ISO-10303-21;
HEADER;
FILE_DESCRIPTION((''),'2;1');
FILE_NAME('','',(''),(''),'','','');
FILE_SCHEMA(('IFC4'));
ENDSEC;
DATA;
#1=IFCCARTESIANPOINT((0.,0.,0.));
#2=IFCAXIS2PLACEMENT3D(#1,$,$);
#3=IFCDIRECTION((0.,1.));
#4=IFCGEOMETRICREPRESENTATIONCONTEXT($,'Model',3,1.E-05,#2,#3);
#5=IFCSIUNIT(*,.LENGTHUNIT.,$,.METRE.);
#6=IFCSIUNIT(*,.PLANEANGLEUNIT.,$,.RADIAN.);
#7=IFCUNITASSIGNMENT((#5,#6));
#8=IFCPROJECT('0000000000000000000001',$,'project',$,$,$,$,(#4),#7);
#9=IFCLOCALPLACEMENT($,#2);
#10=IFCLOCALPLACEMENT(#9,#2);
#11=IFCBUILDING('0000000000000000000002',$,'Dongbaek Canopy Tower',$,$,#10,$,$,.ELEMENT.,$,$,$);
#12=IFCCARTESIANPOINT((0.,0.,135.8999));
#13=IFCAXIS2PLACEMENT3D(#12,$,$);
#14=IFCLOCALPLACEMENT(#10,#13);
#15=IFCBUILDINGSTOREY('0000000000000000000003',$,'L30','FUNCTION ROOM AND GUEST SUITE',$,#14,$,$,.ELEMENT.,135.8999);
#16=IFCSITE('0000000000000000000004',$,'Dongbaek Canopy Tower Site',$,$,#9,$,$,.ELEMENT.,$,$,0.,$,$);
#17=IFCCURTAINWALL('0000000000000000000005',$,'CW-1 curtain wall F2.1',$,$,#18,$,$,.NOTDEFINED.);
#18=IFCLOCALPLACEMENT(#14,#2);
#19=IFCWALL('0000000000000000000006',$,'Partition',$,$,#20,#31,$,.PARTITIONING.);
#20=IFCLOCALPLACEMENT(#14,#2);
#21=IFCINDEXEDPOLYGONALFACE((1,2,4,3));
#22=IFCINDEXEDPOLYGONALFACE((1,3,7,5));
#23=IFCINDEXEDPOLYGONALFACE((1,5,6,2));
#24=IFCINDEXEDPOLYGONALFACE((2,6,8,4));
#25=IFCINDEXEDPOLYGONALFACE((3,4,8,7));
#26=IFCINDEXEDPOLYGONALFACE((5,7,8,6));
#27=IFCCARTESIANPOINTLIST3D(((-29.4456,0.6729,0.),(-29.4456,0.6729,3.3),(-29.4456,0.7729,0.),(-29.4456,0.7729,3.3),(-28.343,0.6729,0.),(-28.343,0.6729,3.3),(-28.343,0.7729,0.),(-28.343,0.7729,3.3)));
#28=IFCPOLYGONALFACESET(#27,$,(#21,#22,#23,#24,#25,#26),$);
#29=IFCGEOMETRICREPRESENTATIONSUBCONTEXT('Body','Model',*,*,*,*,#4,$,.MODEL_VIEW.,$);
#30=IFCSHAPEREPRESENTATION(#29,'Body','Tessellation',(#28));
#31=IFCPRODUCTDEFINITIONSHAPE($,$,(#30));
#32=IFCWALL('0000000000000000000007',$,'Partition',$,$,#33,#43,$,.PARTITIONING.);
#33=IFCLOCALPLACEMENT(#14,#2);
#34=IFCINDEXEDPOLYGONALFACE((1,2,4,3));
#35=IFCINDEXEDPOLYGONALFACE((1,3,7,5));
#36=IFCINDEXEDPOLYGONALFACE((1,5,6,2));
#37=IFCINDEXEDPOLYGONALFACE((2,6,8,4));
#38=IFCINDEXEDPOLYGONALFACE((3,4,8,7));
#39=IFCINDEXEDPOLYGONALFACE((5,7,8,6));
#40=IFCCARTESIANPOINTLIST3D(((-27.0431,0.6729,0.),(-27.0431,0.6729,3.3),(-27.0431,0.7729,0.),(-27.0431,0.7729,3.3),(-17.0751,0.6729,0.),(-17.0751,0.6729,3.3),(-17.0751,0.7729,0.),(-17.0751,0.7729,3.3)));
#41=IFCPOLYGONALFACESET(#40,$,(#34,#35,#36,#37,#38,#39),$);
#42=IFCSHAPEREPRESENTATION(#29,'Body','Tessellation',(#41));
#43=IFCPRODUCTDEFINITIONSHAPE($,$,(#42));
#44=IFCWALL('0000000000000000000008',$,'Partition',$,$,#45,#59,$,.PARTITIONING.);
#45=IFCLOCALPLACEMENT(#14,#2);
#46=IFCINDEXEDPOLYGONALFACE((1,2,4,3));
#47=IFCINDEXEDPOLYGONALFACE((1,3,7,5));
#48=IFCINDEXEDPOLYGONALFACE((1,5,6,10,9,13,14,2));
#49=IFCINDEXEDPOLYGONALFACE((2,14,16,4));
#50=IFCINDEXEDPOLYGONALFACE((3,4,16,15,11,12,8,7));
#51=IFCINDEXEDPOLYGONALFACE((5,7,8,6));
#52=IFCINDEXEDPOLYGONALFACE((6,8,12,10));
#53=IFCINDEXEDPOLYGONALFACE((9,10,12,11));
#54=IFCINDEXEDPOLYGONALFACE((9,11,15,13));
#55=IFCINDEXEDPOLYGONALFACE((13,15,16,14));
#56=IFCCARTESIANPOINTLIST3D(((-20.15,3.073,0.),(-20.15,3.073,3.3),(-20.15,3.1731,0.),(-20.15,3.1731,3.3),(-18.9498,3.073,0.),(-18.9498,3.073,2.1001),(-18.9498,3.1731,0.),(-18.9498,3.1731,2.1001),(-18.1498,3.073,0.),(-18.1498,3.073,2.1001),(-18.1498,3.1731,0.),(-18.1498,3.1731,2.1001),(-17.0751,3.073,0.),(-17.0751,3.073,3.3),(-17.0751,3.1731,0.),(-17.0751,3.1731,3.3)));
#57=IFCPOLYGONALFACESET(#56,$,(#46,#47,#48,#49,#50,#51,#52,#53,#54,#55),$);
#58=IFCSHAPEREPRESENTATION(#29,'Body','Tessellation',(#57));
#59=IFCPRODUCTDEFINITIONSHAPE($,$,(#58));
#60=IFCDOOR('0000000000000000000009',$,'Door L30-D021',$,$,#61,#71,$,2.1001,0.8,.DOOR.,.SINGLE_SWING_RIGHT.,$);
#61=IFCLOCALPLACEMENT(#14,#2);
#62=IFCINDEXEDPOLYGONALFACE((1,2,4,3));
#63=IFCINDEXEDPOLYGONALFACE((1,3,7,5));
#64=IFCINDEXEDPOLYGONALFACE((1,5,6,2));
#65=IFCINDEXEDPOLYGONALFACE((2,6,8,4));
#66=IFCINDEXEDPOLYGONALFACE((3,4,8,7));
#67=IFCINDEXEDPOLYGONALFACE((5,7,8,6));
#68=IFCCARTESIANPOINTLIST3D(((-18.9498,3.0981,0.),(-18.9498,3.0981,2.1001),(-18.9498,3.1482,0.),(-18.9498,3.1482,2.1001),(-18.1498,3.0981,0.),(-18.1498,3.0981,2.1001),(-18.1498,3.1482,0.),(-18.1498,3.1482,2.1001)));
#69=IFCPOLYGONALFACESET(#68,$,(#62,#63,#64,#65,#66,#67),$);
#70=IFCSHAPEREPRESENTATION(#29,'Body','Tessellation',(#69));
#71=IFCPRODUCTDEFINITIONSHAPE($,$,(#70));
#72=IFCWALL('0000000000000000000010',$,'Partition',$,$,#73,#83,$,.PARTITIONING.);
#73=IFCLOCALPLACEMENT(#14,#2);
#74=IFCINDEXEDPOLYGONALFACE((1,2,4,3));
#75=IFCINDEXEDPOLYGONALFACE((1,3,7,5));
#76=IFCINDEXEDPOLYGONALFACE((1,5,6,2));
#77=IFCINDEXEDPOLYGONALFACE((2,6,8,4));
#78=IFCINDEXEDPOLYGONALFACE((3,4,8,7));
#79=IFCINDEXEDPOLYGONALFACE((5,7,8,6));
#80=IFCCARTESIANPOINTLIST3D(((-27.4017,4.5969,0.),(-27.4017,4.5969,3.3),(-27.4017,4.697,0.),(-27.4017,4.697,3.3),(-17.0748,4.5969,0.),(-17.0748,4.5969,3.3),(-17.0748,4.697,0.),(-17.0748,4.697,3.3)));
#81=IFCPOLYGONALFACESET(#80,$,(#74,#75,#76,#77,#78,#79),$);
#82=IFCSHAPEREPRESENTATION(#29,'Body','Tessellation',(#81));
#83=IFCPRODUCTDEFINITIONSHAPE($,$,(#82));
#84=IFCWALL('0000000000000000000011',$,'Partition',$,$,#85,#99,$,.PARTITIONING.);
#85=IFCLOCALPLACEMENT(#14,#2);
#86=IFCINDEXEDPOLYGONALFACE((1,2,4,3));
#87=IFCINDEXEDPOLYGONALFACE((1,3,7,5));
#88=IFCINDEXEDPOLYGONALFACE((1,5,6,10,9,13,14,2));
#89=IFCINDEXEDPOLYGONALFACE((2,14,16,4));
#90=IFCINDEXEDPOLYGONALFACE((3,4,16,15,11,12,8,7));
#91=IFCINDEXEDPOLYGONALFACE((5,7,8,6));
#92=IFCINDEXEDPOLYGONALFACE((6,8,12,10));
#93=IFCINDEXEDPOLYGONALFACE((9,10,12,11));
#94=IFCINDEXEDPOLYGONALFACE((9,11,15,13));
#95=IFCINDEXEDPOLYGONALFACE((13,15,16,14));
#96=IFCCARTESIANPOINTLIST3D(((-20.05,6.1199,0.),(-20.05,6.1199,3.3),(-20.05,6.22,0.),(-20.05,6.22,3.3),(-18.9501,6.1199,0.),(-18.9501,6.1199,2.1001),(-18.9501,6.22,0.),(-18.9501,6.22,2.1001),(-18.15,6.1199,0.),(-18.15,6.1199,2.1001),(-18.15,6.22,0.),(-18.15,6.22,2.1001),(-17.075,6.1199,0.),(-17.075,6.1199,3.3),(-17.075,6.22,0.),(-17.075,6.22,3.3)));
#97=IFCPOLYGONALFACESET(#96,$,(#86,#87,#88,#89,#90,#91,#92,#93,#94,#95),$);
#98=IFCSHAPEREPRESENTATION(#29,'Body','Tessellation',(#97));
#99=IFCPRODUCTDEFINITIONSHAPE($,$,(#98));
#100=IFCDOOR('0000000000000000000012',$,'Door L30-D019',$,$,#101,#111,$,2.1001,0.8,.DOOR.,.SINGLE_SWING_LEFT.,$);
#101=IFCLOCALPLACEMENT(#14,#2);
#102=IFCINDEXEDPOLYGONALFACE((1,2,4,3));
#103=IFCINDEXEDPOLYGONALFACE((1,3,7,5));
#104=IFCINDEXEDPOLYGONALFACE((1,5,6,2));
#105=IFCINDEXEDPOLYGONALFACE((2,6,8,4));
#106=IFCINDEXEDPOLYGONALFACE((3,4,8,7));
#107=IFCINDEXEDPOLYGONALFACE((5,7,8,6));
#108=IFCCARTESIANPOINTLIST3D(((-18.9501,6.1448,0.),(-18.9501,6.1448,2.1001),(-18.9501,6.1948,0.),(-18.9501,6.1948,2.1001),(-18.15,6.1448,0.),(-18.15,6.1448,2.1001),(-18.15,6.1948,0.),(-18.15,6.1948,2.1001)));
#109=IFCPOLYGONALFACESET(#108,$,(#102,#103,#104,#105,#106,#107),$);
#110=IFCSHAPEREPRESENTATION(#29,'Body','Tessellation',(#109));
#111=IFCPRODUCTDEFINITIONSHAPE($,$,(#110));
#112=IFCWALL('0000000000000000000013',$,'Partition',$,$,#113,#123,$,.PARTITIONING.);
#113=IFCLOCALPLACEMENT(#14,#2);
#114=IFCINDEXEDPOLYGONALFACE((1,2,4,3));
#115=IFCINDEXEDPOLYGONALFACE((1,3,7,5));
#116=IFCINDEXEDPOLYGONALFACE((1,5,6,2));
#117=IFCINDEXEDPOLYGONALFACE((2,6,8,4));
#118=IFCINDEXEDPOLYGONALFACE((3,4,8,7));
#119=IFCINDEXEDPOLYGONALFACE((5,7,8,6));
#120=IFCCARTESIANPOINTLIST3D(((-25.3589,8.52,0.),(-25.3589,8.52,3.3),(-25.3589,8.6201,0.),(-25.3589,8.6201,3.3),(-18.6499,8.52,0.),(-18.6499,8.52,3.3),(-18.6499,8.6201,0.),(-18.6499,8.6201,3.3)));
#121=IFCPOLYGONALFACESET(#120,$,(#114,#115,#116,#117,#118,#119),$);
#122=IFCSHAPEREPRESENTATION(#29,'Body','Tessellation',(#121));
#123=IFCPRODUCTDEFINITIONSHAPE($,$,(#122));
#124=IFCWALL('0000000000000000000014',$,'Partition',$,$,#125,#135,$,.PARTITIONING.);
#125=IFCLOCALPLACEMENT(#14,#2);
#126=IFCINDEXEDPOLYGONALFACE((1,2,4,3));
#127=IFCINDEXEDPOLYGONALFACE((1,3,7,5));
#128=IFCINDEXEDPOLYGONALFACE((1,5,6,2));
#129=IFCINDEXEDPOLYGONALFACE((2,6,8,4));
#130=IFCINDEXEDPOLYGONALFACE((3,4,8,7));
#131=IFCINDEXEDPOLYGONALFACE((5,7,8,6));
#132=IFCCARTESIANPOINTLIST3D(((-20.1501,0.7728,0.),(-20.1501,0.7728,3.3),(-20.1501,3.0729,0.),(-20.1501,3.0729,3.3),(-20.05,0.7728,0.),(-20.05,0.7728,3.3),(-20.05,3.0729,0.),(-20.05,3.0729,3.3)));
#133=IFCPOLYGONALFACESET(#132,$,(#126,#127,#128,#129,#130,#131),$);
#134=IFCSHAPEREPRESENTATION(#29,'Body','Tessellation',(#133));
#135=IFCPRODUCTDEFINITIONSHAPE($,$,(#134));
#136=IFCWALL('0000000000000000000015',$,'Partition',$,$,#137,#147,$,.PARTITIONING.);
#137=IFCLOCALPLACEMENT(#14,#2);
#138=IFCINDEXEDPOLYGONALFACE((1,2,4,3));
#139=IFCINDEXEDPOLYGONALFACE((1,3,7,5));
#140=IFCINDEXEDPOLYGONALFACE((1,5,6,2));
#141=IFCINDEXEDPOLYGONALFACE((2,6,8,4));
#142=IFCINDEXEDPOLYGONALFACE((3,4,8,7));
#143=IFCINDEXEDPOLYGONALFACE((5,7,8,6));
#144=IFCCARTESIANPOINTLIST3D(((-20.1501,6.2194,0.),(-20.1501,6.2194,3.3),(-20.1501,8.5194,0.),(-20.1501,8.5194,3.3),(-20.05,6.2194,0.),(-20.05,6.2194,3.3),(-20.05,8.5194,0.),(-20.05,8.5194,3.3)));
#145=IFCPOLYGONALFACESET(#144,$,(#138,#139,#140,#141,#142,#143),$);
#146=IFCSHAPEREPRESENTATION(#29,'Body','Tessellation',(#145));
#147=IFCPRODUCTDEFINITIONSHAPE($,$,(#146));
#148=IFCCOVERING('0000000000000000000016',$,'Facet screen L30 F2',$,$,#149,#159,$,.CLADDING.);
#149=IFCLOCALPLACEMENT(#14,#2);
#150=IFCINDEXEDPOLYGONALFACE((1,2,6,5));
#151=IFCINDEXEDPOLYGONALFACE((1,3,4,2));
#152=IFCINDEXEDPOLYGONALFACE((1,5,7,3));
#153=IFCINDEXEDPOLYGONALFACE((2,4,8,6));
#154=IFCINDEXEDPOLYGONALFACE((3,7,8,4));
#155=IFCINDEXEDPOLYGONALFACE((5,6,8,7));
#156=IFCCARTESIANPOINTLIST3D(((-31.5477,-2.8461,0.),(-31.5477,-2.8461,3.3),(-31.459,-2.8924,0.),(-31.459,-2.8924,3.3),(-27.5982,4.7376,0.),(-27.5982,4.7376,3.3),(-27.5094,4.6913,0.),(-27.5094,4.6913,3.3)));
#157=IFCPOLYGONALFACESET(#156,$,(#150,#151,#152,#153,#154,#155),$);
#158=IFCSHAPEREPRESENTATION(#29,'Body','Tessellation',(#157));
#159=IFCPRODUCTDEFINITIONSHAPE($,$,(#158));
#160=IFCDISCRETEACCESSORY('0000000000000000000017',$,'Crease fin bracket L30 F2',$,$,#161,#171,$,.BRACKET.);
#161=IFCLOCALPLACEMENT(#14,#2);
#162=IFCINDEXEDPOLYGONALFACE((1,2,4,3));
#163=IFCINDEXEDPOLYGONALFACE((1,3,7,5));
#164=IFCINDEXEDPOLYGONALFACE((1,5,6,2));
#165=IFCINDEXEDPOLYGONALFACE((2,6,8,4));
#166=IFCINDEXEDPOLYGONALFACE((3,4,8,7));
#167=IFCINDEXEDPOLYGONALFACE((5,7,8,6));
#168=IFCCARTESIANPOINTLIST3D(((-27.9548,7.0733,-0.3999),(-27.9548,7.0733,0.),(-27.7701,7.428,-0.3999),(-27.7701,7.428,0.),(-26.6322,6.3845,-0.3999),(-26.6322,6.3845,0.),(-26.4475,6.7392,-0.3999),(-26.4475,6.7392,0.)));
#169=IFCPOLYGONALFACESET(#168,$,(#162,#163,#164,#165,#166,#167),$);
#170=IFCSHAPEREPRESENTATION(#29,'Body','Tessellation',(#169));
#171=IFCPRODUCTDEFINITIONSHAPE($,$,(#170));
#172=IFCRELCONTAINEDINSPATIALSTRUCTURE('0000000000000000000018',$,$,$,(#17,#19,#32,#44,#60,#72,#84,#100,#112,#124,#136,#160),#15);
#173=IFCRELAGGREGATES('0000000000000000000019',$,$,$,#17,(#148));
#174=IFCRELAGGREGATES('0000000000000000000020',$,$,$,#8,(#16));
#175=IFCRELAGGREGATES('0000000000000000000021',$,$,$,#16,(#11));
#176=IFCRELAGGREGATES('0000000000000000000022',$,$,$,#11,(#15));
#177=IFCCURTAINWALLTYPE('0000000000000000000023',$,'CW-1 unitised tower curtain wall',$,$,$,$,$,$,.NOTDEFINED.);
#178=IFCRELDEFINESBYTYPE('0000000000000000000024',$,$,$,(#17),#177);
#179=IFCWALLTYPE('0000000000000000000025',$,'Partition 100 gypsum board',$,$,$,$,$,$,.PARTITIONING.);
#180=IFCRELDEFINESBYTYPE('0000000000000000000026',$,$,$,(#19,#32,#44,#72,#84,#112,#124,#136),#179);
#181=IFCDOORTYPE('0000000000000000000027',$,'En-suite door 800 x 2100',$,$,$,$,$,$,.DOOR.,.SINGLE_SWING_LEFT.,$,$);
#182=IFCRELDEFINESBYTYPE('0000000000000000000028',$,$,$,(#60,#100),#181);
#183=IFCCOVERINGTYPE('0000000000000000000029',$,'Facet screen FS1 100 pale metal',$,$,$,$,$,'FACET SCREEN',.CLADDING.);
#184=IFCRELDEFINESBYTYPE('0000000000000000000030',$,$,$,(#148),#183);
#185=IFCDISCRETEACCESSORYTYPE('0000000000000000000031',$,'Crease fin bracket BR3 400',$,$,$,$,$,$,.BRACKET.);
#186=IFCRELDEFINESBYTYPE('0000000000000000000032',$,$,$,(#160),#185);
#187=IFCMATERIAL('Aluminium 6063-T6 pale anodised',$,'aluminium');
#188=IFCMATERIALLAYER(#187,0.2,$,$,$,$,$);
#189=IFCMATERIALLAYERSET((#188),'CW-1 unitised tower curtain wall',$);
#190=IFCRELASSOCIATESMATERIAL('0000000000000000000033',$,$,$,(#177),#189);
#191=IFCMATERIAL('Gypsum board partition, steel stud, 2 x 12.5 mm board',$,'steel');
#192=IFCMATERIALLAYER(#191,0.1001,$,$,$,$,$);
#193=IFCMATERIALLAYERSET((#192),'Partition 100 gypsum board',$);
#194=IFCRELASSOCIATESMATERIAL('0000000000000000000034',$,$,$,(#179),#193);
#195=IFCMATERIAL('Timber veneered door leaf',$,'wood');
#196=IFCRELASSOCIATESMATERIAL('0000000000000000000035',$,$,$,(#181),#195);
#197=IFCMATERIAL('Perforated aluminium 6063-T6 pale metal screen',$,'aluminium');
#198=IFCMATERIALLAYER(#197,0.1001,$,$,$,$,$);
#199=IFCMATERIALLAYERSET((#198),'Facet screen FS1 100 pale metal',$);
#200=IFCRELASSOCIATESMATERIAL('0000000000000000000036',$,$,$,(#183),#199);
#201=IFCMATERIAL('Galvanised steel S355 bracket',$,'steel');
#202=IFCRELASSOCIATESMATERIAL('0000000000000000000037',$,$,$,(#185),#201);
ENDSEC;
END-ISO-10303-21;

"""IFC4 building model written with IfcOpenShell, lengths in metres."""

from ifc_helpers import new_model, si_unit, direction, frame, frame_2d, origin, origin_2d, place, context, subcontext, project, spatial, rectangle, extrude, material, layer, layer_set, type_object, element, fill, aggregate, save


model = new_model("IFC4")

# Units and contexts
model_context = context("Model", 3, precision=1e-05, world=origin(), true_north=direction((0.0, 1.0)))
body_context = subcontext(model_context, "Body", "Model", "MODEL_VIEW")
ifc_project = project(units=[si_unit("LENGTHUNIT", "METRE"), si_unit("PLANEANGLEUNIT", "RADIAN")], contexts=[model_context])

# Site, building, storey
site_placement = place(None, origin())
site = spatial("IfcSite", under=ifc_project, at=site_placement, Name="Dongbaek Canopy Tower Site", CompositionType="ELEMENT", RefElevation=0.0)
building_placement = place(site_placement, origin())
building = spatial("IfcBuilding", under=site, at=building_placement, Name="Dongbaek Canopy Tower", CompositionType="ELEMENT")
storey_placement = place(building_placement, frame((0.0, 0.0, 135.8999)))
storey = spatial("IfcBuildingStorey", under=building, at=storey_placement, Name="L30", Description="FUNCTION ROOM AND GUEST SUITE", CompositionType="ELEMENT", Elevation=135.8999)

# Curtain wall
ifc_material_1 = material(Name="Aluminium 6063-T6 pale anodised", Category="aluminium")
ifc_layer_1 = layer(ifc_material_1, 0.2)
ifc_layer_set_1 = layer_set([ifc_layer_1], Name="CW-1 unitised tower curtain wall")
curtain_wall_type = type_object("IfcCurtainWallType", Name="CW-1 unitised tower curtain wall", PredefinedType="NOTDEFINED", material=ifc_layer_set_1)
curtain_wall_placement = place(storey_placement, origin())
curtain_wall = element("IfcCurtainWall", 1, at=curtain_wall_placement, inside=storey, type_object=curtain_wall_type, Name="CW-1 curtain wall F2.1", PredefinedType="NOTDEFINED")

# Walls
ifc_material_2 = material(Name="Gypsum board partition, steel stud, 2 x 12.5 mm board", Category="steel")
ifc_layer_2 = layer(ifc_material_2, 0.1001)
ifc_layer_set_2 = layer_set([ifc_layer_2], Name="Partition 100 gypsum board")
wall_type = type_object("IfcWallType", Name="Partition 100 gypsum board", PredefinedType="PARTITIONING", material=ifc_layer_set_2)
wall_1_placement = place(storey_placement, frame((-29.4456, 0.7229, 0.0), z_axis=(0.0, 0.0, 1.0), x_axis=(1.0, 0.0, 0.0)))
element("IfcWall", 2, at=wall_1_placement, inside=storey, type_object=wall_type, Name="Partition", PredefinedType="PARTITIONING", context=body_context, shape_type="SweptSolid", body=[
    extrude(rectangle(XDim=1.1025, YDim=0.1001, at=frame_2d((0.5513, 0.0))), origin(), (0.0, 0.0, 1.0), 3.3),
])
wall_2_placement = place(storey_placement, frame((-27.043, 0.7229, 0.0), z_axis=(0.0, 0.0, 1.0), x_axis=(1.0, 0.0, 0.0)))
element("IfcWall", 3, at=wall_2_placement, inside=storey, type_object=wall_type, Name="Partition", PredefinedType="PARTITIONING", context=body_context, shape_type="SweptSolid", body=[
    extrude(rectangle(XDim=9.968, YDim=0.1001, at=frame_2d((4.9839, 0.0))), origin(), (0.0, 0.0, 1.0), 3.3),
])

# Wall, opening, door
wall_3_placement = place(storey_placement, frame((-17.075, 3.123, 0.0), z_axis=(0.0, 0.0, 1.0), x_axis=(-1.0, 0.0, 0.0)))
wall_3 = element("IfcWall", 4, at=wall_3_placement, inside=storey, type_object=wall_type, Name="Partition", PredefinedType="PARTITIONING", context=body_context, shape_type="SweptSolid", body=[
    extrude(rectangle(XDim=3.075, YDim=0.1001, at=frame_2d((1.5376, 0.0))), origin(), (0.0, 0.0, 1.0), 3.3),
])
opening_1_placement = place(wall_3_placement, frame((1.075, 0.0, 0.0)))
opening_1 = element("IfcOpeningElement", 5, at=opening_1_placement, cuts=wall_3, PredefinedType="OPENING", context=body_context, shape_type="SweptSolid", body=[
    extrude(rectangle(XDim=0.8, YDim=2.1001, at=frame_2d((0.3999, 1.05))), frame((0.0, 0.0601, 0.0), z_axis=(0.0, -1.0, 0.0), x_axis=(1.0, 0.0, 0.0)), (0.0, 0.0, 1.0), 0.1201),
])
ifc_material_3 = material(Name="Timber veneered door leaf", Category="wood")
door_type = type_object("IfcDoorType", Name="En-suite door 800 x 2100", OperationType="SINGLE_SWING_LEFT", PredefinedType="DOOR", material=ifc_material_3)
door_1_placement = place(opening_1_placement, origin())
door_1 = element("IfcDoor", 6, at=door_1_placement, inside=storey, type_object=door_type, Name="Door L30-D021", OperationType="SINGLE_SWING_RIGHT", OverallHeight=2.1001, OverallWidth=0.8, PredefinedType="DOOR", context=body_context, shape_type="SweptSolid", body=[
    extrude(rectangle(XDim=0.8, YDim=2.1001, at=frame_2d((0.3999, 1.05))), frame((0.0, 0.0249, 0.0), z_axis=(0.0, -1.0, 0.0), x_axis=(1.0, 0.0, 0.0)), (0.0, 0.0, 1.0), 0.05),
])
fill(opening_1, door_1)

# Wall
wall_4_placement = place(storey_placement, frame((-27.4019, 4.647, 0.0), z_axis=(0.0, 0.0, 1.0), x_axis=(1.0, 0.0, 0.0)))
element("IfcWall", 7, at=wall_4_placement, inside=storey, type_object=wall_type, Name="Partition", PredefinedType="PARTITIONING", context=body_context, shape_type="SweptSolid", body=[
    extrude(rectangle(XDim=10.3269, YDim=0.1001, at=frame_2d((5.1636, 0.0))), origin(), (0.0, 0.0, 1.0), 3.3),
])

# Wall, opening, door
wall_5_placement = place(storey_placement, frame((-20.05, 6.1699, 0.0), z_axis=(0.0, 0.0, 1.0), x_axis=(1.0, 0.0, 0.0)))
wall_5 = element("IfcWall", 8, at=wall_5_placement, inside=storey, type_object=wall_type, Name="Partition", PredefinedType="PARTITIONING", context=body_context, shape_type="SweptSolid", body=[
    extrude(rectangle(XDim=2.9751, YDim=0.1001, at=frame_2d((1.4875, 0.0))), origin(), (0.0, 0.0, 1.0), 3.3),
])
opening_2_placement = place(wall_5_placement, frame((1.1001, 0.0, 0.0)))
opening_2 = element("IfcOpeningElement", 9, at=opening_2_placement, cuts=wall_5, PredefinedType="OPENING", context=body_context, shape_type="SweptSolid", body=[
    extrude(rectangle(XDim=0.8, YDim=2.1001, at=frame_2d((0.3999, 1.05))), frame((0.0, 0.0601, 0.0), z_axis=(0.0, -1.0, 0.0), x_axis=(1.0, 0.0, 0.0)), (0.0, 0.0, 1.0), 0.1201),
])
door_2_placement = place(opening_2_placement, origin())
door_2 = element("IfcDoor", 10, at=door_2_placement, inside=storey, type_object=door_type, Name="Door L30-D019", OperationType="SINGLE_SWING_LEFT", OverallHeight=2.1001, OverallWidth=0.8, PredefinedType="DOOR", context=body_context, shape_type="SweptSolid", body=[
    extrude(rectangle(XDim=0.8, YDim=2.1001, at=frame_2d((0.3999, 1.05))), frame((0.0, 0.0249, 0.0), z_axis=(0.0, -1.0, 0.0), x_axis=(1.0, 0.0, 0.0)), (0.0, 0.0, 1.0), 0.05),
])
fill(opening_2, door_2)

# Walls
wall_6_placement = place(storey_placement, frame((-25.3589, 8.5701, 0.0), z_axis=(0.0, 0.0, 1.0), x_axis=(1.0, 0.0, 0.0)))
element("IfcWall", 11, at=wall_6_placement, inside=storey, type_object=wall_type, Name="Partition", PredefinedType="PARTITIONING", context=body_context, shape_type="SweptSolid", body=[
    extrude(rectangle(XDim=6.709, YDim=0.1001, at=frame_2d((3.3545, 0.0))), origin(), (0.0, 0.0, 1.0), 3.3),
])
for number, where, z_axis, x_axis, name in (
    (12, (-20.1001, 0.7729, 0.0), (0.0, 0.0, 1.0), (0.0, 1.0, 0.0), "Partition"),
    (13, (-20.1001, 6.2195, 0.0), (0.0, 0.0, 1.0), (0.0, 1.0, 0.0), "Partition"),
):
    element("IfcWall", number, at=place(storey_placement, frame(where, z_axis=z_axis, x_axis=x_axis)), inside=storey, type_object=wall_type, Name=name, PredefinedType="PARTITIONING", context=body_context, shape_type="SweptSolid", body=[
        extrude(rectangle(XDim=2.3, YDim=0.1001, at=frame_2d((1.1499, 0.0))), origin(), (0.0, 0.0, 1.0), 3.3),
    ])

# Covering
ifc_material_4 = material(Name="Perforated aluminium 6063-T6 pale metal screen", Category="aluminium")
ifc_layer_3 = layer(ifc_material_4, 0.1001)
ifc_layer_set_3 = layer_set([ifc_layer_3], Name="Facet screen FS1 100 pale metal")
covering_type = type_object("IfcCoveringType", Name="Facet screen FS1 100 pale metal", ElementType="FACET SCREEN", PredefinedType="CLADDING", material=ifc_layer_set_3)
covering_placement = place(storey_placement, frame((-29.5286, 0.9226, 0.0), z_axis=(0.0, 0.0, 1.0), x_axis=(-0.46191, -0.886927, 0.0)))
covering = element("IfcCovering", 14, at=covering_placement, type_object=covering_type, Name="Facet screen L30 F2", PredefinedType="CLADDING", context=body_context, shape_type="SweptSolid", body=[
    extrude(rectangle(XDim=8.5505, YDim=0.1001, at=origin_2d()), origin(), (0.0, 0.0, 1.0), 3.3),
])
aggregate(curtain_wall, [covering])

# Discrete accessory
ifc_material_5 = material(Name="Galvanised steel S355 bracket", Category="steel")
discrete_accessory_type = type_object("IfcDiscreteAccessoryType", Name="Crease fin bracket BR3 400", PredefinedType="BRACKET", material=ifc_material_5)
discrete_accessory_placement = place(storey_placement, frame((-27.2012, 6.9062, -0.3999), z_axis=(0.0, 0.0, 1.0), x_axis=(-0.886927, 0.46191, 0.0)))
element("IfcDiscreteAccessory", 15, at=discrete_accessory_placement, inside=storey, type_object=discrete_accessory_type, Name="Crease fin bracket L30 F2", PredefinedType="BRACKET", context=body_context, shape_type="SweptSolid", body=[
    extrude(rectangle(XDim=1.4912, YDim=0.3999, at=origin_2d()), origin(), (0.0, 0.0, 1.0), 0.3999),
])

save(model, "model.ifc")
